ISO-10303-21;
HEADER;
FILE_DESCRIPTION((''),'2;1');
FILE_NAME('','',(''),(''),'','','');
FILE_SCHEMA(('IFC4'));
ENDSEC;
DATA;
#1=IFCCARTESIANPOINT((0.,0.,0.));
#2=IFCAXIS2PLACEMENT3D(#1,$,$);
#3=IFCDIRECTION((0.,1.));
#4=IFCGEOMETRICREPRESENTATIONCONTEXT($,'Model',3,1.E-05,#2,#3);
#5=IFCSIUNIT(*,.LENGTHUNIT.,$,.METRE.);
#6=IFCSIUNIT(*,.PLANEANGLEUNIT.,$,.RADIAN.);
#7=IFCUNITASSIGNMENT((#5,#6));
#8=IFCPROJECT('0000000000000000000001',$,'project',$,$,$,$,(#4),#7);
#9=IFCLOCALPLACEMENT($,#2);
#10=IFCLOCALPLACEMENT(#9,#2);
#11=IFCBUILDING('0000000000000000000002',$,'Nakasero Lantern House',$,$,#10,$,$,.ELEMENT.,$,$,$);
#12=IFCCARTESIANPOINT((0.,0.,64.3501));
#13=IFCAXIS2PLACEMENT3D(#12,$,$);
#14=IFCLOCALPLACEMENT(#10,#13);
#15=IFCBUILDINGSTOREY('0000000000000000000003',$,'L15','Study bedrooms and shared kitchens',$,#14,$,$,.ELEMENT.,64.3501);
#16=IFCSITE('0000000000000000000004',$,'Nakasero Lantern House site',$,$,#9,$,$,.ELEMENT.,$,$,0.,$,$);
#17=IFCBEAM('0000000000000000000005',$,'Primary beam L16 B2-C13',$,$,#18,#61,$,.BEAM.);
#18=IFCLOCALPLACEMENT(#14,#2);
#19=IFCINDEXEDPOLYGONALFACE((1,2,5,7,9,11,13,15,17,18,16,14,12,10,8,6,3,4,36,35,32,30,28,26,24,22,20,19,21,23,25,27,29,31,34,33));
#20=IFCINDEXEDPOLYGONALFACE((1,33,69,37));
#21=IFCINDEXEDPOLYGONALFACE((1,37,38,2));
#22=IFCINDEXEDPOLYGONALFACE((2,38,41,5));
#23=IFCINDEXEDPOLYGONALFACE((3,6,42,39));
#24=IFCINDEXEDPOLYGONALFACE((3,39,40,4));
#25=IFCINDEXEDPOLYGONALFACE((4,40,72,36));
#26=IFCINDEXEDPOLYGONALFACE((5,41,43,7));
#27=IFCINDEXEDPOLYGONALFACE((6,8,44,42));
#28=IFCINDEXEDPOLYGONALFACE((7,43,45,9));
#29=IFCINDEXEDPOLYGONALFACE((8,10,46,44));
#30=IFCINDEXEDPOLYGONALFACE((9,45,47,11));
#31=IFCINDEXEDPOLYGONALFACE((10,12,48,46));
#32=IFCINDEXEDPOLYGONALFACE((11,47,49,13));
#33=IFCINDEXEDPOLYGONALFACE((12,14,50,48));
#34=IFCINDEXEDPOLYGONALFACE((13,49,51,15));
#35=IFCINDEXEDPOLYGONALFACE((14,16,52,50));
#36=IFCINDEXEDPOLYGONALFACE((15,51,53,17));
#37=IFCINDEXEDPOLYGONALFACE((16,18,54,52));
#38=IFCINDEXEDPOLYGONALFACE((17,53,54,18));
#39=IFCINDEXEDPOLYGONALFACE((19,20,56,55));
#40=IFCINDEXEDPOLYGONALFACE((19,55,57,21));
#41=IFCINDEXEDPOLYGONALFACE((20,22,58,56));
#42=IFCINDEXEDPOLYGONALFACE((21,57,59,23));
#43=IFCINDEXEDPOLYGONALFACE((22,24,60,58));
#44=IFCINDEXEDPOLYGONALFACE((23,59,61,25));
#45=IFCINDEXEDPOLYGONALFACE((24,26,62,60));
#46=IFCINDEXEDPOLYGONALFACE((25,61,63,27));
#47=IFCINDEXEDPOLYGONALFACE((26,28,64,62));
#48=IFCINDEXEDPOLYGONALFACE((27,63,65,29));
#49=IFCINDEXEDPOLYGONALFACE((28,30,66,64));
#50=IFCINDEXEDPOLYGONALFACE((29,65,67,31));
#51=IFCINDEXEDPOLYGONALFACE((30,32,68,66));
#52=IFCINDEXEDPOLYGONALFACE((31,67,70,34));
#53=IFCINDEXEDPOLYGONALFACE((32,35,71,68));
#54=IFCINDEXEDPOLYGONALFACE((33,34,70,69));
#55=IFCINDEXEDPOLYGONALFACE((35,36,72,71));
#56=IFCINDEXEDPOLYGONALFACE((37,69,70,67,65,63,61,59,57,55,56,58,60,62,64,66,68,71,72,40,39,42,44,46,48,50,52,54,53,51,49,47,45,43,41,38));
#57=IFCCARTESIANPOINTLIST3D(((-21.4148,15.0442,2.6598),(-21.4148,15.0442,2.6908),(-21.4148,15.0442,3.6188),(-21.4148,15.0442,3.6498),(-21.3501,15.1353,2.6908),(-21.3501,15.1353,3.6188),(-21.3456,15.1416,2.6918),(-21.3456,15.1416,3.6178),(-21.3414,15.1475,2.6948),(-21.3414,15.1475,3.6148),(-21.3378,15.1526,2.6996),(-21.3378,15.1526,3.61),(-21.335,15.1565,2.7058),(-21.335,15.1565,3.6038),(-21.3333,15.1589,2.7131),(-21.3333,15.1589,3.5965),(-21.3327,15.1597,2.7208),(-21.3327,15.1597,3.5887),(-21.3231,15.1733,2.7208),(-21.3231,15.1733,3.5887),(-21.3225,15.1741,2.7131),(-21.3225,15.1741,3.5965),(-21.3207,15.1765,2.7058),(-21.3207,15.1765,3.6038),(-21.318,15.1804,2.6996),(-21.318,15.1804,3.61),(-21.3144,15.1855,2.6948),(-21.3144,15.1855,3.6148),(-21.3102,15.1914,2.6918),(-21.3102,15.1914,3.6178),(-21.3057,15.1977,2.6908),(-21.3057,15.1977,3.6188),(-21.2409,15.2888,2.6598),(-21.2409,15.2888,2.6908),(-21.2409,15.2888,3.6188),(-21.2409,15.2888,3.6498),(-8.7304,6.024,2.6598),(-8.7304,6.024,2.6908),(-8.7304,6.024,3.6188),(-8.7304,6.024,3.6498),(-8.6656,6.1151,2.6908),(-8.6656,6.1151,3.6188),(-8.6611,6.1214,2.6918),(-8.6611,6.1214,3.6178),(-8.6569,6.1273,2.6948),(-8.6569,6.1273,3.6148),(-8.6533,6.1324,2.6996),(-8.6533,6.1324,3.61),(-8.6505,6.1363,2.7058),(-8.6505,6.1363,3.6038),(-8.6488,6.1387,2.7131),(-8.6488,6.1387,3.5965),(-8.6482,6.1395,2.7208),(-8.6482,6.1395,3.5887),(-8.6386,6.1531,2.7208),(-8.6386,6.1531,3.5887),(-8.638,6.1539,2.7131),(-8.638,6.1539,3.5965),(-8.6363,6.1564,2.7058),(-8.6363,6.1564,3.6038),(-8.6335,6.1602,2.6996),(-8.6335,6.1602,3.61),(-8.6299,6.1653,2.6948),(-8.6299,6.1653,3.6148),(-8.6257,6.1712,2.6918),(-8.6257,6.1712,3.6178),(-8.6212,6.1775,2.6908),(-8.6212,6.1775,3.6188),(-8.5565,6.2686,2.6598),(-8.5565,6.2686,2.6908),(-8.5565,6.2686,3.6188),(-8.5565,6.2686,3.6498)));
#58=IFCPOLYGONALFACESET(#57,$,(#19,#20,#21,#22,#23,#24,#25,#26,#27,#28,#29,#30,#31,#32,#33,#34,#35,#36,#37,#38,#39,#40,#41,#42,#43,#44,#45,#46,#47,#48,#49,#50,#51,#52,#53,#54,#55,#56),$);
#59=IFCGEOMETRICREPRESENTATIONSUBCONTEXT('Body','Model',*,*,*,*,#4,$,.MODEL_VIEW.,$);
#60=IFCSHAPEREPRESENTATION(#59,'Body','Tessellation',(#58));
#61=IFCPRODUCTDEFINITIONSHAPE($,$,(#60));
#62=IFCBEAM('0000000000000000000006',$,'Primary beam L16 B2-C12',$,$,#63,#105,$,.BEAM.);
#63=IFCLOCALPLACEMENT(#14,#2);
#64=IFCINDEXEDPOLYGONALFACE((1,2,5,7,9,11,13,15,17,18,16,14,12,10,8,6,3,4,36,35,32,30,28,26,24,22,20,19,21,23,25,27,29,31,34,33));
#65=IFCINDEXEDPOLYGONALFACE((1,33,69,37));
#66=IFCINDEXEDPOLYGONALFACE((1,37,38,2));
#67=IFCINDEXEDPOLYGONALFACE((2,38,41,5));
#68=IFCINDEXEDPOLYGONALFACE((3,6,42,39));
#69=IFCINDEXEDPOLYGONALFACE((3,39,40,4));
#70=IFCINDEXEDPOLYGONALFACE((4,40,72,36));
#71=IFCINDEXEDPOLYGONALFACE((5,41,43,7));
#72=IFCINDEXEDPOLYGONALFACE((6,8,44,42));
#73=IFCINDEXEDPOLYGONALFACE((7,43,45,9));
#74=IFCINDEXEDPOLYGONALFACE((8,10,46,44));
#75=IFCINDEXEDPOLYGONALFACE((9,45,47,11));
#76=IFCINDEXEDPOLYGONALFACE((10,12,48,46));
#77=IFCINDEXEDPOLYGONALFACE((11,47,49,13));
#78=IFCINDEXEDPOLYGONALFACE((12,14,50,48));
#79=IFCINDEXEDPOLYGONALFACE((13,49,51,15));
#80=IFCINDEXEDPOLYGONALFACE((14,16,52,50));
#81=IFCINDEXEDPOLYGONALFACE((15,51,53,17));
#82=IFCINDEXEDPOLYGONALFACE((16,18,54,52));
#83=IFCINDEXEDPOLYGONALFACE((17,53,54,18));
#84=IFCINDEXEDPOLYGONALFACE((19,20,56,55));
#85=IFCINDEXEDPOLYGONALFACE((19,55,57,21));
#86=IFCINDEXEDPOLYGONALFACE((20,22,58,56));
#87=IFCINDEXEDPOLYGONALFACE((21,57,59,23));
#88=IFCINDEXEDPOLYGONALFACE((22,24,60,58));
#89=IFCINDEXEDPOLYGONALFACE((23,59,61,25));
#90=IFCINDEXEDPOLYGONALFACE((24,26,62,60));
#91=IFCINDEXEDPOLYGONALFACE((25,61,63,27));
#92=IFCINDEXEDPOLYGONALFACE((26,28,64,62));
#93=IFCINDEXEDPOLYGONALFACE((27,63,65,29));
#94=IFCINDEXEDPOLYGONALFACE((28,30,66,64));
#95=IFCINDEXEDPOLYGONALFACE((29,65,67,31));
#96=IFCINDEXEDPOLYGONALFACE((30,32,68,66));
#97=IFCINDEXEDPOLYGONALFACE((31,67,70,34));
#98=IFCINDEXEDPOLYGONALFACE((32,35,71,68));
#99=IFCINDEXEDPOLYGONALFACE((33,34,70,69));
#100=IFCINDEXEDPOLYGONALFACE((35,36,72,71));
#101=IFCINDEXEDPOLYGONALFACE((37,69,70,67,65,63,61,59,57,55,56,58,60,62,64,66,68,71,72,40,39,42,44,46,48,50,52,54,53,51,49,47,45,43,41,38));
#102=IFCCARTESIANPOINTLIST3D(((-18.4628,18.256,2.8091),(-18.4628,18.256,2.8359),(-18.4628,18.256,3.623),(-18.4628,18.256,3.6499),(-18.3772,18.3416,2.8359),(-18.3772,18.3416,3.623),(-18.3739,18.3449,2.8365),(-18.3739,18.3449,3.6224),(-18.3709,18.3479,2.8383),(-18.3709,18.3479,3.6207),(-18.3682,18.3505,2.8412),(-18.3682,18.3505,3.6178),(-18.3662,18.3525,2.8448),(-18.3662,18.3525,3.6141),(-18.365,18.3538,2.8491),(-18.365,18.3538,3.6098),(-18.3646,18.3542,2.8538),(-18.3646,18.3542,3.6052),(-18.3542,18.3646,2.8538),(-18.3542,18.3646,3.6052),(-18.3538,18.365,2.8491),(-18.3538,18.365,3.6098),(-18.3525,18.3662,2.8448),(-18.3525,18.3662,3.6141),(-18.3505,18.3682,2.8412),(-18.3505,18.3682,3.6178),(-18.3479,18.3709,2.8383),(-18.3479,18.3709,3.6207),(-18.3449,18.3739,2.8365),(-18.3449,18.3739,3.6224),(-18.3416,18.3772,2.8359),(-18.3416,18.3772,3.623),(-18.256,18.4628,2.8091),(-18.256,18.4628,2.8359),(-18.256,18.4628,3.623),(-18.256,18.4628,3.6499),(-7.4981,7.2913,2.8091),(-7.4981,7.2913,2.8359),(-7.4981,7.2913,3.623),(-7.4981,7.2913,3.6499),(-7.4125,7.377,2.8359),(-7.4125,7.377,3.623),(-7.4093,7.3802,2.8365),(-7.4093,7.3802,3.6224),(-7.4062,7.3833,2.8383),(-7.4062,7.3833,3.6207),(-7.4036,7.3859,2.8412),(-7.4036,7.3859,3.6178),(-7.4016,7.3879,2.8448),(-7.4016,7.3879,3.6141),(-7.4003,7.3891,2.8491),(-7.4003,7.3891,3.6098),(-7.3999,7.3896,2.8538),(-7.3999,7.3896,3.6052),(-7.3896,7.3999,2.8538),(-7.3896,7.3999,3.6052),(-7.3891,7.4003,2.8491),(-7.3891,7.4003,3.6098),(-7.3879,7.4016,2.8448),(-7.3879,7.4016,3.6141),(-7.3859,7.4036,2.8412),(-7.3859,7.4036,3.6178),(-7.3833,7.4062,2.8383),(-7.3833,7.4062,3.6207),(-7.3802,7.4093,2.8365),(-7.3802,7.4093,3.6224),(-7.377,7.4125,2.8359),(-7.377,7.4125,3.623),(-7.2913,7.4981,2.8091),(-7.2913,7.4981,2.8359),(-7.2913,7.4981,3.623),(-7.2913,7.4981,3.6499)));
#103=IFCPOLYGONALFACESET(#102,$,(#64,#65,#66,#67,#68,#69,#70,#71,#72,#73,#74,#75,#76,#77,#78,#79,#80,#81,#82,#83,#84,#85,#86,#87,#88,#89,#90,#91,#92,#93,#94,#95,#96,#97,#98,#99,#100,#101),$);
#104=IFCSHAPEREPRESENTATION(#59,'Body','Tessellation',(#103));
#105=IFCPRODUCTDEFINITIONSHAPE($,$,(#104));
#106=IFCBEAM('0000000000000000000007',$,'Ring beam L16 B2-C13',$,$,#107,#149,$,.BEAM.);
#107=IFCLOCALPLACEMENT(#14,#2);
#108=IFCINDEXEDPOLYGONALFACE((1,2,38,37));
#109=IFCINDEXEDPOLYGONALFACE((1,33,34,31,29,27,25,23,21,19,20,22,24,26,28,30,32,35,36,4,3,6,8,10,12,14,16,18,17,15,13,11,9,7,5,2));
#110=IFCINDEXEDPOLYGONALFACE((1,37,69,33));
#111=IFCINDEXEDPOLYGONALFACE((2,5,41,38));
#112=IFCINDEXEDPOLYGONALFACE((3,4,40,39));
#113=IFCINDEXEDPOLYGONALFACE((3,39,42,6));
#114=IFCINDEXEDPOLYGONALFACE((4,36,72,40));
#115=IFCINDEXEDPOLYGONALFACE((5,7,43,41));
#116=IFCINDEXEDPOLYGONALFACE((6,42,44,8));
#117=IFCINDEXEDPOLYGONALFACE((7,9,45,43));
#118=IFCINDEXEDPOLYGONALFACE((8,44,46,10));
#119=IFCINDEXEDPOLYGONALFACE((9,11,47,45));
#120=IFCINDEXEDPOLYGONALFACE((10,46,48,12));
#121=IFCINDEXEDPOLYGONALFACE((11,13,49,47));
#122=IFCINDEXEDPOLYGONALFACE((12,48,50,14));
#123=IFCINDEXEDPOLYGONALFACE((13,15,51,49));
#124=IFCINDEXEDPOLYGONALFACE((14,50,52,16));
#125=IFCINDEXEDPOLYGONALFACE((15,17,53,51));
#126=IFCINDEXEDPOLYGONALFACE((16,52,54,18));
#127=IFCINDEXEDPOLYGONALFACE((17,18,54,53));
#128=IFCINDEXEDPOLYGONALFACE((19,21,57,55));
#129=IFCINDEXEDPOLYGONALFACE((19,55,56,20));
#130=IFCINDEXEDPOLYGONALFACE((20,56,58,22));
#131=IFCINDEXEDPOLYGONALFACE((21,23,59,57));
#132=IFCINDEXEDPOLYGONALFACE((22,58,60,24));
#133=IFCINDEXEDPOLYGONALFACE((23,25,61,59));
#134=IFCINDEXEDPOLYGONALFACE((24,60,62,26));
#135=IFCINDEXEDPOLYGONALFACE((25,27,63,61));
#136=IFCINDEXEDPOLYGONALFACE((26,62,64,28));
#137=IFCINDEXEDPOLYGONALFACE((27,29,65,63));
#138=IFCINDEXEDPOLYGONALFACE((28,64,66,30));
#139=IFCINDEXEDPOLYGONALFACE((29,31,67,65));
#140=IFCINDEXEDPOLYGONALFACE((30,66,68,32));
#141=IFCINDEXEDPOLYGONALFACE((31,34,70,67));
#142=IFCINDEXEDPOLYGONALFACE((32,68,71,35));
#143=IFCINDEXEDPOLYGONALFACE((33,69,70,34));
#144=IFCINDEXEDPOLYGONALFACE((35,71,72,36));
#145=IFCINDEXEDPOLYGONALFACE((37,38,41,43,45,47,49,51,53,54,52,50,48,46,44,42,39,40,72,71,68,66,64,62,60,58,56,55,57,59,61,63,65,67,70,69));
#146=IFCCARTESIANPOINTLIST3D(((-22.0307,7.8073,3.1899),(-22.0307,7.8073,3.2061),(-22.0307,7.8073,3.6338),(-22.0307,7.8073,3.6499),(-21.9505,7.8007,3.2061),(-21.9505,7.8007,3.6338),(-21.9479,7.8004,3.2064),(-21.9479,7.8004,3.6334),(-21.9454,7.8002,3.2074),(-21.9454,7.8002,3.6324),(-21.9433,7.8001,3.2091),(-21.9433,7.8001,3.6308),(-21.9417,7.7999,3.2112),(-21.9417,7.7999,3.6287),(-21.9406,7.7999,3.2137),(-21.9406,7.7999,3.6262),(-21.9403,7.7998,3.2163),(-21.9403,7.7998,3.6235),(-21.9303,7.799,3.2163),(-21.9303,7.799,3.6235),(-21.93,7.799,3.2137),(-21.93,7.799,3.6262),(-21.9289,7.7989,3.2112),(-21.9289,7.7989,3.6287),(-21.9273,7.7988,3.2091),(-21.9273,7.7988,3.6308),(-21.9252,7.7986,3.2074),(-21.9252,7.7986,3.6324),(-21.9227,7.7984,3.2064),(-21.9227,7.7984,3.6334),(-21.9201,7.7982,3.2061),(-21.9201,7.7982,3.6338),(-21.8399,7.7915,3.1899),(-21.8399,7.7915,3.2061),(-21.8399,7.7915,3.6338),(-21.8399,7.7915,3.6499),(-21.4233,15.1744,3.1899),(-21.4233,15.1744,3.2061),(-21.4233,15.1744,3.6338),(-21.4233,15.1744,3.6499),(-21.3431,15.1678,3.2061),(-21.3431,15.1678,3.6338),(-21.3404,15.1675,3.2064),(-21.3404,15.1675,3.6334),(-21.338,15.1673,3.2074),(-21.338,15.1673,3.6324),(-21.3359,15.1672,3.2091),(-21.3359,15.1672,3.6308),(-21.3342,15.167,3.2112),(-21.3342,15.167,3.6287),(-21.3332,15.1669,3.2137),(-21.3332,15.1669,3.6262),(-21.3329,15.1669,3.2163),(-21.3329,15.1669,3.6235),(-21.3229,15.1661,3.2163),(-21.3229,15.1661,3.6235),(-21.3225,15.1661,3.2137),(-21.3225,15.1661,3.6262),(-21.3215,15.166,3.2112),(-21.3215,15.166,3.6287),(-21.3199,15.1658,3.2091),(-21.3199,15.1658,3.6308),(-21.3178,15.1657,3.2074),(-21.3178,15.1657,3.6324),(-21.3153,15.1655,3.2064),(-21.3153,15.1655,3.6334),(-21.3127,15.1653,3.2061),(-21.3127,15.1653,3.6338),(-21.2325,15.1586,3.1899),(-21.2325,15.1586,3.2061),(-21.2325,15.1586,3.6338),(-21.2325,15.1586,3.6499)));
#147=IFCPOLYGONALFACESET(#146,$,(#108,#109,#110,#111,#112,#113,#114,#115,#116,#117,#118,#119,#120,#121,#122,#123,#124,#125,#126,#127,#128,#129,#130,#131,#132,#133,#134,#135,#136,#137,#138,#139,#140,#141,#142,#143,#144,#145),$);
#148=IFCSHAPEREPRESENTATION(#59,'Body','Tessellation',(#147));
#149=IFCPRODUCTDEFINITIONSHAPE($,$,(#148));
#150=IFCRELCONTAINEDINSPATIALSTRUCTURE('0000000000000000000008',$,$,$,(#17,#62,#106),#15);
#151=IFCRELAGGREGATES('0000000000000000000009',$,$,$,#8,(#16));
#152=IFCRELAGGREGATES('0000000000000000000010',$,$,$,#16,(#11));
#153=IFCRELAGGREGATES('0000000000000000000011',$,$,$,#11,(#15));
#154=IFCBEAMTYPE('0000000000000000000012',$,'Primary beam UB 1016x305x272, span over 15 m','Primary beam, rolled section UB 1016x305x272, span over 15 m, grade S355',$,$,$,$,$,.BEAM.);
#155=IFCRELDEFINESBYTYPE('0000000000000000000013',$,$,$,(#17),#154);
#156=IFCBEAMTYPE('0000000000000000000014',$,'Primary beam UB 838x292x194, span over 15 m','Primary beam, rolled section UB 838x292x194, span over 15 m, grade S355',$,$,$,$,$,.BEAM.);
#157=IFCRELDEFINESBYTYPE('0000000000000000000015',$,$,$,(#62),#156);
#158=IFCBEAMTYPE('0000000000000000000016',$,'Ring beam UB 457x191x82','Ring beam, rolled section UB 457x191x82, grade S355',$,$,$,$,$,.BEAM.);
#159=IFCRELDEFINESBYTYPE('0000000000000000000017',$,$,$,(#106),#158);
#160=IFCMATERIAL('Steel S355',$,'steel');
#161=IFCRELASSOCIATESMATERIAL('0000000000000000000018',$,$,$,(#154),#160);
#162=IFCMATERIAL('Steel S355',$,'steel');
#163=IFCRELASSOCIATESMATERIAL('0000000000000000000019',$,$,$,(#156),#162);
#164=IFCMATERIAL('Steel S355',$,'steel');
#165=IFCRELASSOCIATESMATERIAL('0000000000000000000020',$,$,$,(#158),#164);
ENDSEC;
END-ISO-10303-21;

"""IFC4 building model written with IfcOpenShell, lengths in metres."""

from ifc_helpers import new_model, si_unit, direction, frame, origin, origin_2d, place, context, subcontext, project, spatial, i_section, extrude, material, material_profile, profile_set, type_object, element, save


model = new_model("IFC4")

# Units and contexts
model_context = context("Model", 3, precision=1e-05, world=origin(), true_north=direction((0.0, 1.0)))
body_context = subcontext(model_context, "Body", "Model", "MODEL_VIEW")
ifc_project = project(units=[si_unit("LENGTHUNIT", "METRE"), si_unit("PLANEANGLEUNIT", "RADIAN")], contexts=[model_context])

# Site, building, storey
site_placement = place(None, origin())
site = spatial("IfcSite", under=ifc_project, at=site_placement, Name="Nakasero Lantern House site", CompositionType="ELEMENT", RefElevation=0.0)
building_placement = place(site_placement, origin())
building = spatial("IfcBuilding", under=site, at=building_placement, Name="Nakasero Lantern House", CompositionType="ELEMENT")
storey_placement = place(building_placement, frame((0.0, 0.0, 64.3501)))
storey = spatial("IfcBuildingStorey", under=building, at=storey_placement, Name="L15", Description="Study bedrooms and shared kitchens", CompositionType="ELEMENT", Elevation=64.3501)

# Beams
ifc_material_1 = material(Name="Steel S355", Category="steel")
ifc_material_profile_1 = material_profile(ifc_material_1, i_section(OverallWidth=0.3, OverallDepth=0.99, WebThickness=0.0166, FlangeThickness=0.031, FilletRadius=0.03, at=origin_2d()), Name="UB 1016x305x272")
ifc_profile_set_1 = profile_set([ifc_material_profile_1], Name="Steel S355")
beam_type_1 = type_object("IfcBeamType", Name="Primary beam UB 1016x305x272, span over 15 m", Description="Primary beam, rolled section UB 1016x305x272, span over 15 m, grade S355", PredefinedType="BEAM", material=ifc_profile_set_1)
beam_1_placement = place(storey_placement, frame((-21.3279, 15.1665, 3.1548), z_axis=(0.814952, -0.579529, 0.0), x_axis=(0.579529, 0.814952, 0.0)))
element("IfcBeam", 1, at=beam_1_placement, inside=storey, type_object=beam_type_1, Name="Primary beam L16 B2-C13", PredefinedType="BEAM", context=body_context, shape_type="SweptSolid", body=[
    extrude(i_section(OverallWidth=0.3, OverallDepth=0.99, WebThickness=0.0166, FlangeThickness=0.031, FilletRadius=0.03, at=origin_2d()), origin(), (0.0, 0.0, 1.0), 15.5647),
])
ifc_material_2 = material(Name="Steel S355", Category="steel")
ifc_material_profile_2 = material_profile(ifc_material_2, i_section(OverallWidth=0.2925, OverallDepth=0.8408, WebThickness=0.0146, FlangeThickness=0.0269, FilletRadius=0.0178, at=origin_2d()), Name="UB 838x292x194")
ifc_profile_set_2 = profile_set([ifc_material_profile_2], Name="Steel S355")
beam_type_2 = type_object("IfcBeamType", Name="Primary beam UB 838x292x194, span over 15 m", Description="Primary beam, rolled section UB 838x292x194, span over 15 m, grade S355", PredefinedType="BEAM", material=ifc_profile_set_2)
beam_2_placement = place(storey_placement, frame((-18.3594, 18.3594, 3.2295), z_axis=(0.707107, -0.707107, 0.0), x_axis=(0.707107, 0.707107, 0.0)))
element("IfcBeam", 2, at=beam_2_placement, inside=storey, type_object=beam_type_2, Name="Primary beam L16 B2-C12", PredefinedType="BEAM", context=body_context, shape_type="SweptSolid", body=[
    extrude(i_section(OverallWidth=0.2925, OverallDepth=0.8408, WebThickness=0.0146, FlangeThickness=0.0269, FilletRadius=0.0178, at=origin_2d()), origin(), (0.0, 0.0, 1.0), 15.5063),
])
ifc_material_3 = material(Name="Steel S355", Category="steel")
ifc_material_profile_3 = material_profile(ifc_material_3, i_section(OverallWidth=0.1914, OverallDepth=0.46, WebThickness=0.01, FlangeThickness=0.0161, FilletRadius=0.0103, at=origin_2d()), Name="UB 457x191x82")
ifc_profile_set_3 = profile_set([ifc_material_profile_3], Name="Steel S355")
beam_type_3 = type_object("IfcBeamType", Name="Ring beam UB 457x191x82", Description="Ring beam, rolled section UB 457x191x82, grade S355", PredefinedType="BEAM", material=ifc_profile_set_3)
beam_3_placement = place(storey_placement, frame((-21.3279, 15.1665, 3.4199), z_axis=(-0.082171, -0.996618, 0.0), x_axis=(0.996618, -0.082171, 0.0)))
element("IfcBeam", 3, at=beam_3_placement, inside=storey, type_object=beam_type_3, Name="Ring beam L16 B2-C13", PredefinedType="BEAM", context=body_context, shape_type="SweptSolid", body=[
    extrude(i_section(OverallWidth=0.1914, OverallDepth=0.46, WebThickness=0.01, FlangeThickness=0.0161, FilletRadius=0.0103, at=origin_2d()), origin(), (0.0, 0.0, 1.0), 7.3921),
])

save(model, "model.ifc")
